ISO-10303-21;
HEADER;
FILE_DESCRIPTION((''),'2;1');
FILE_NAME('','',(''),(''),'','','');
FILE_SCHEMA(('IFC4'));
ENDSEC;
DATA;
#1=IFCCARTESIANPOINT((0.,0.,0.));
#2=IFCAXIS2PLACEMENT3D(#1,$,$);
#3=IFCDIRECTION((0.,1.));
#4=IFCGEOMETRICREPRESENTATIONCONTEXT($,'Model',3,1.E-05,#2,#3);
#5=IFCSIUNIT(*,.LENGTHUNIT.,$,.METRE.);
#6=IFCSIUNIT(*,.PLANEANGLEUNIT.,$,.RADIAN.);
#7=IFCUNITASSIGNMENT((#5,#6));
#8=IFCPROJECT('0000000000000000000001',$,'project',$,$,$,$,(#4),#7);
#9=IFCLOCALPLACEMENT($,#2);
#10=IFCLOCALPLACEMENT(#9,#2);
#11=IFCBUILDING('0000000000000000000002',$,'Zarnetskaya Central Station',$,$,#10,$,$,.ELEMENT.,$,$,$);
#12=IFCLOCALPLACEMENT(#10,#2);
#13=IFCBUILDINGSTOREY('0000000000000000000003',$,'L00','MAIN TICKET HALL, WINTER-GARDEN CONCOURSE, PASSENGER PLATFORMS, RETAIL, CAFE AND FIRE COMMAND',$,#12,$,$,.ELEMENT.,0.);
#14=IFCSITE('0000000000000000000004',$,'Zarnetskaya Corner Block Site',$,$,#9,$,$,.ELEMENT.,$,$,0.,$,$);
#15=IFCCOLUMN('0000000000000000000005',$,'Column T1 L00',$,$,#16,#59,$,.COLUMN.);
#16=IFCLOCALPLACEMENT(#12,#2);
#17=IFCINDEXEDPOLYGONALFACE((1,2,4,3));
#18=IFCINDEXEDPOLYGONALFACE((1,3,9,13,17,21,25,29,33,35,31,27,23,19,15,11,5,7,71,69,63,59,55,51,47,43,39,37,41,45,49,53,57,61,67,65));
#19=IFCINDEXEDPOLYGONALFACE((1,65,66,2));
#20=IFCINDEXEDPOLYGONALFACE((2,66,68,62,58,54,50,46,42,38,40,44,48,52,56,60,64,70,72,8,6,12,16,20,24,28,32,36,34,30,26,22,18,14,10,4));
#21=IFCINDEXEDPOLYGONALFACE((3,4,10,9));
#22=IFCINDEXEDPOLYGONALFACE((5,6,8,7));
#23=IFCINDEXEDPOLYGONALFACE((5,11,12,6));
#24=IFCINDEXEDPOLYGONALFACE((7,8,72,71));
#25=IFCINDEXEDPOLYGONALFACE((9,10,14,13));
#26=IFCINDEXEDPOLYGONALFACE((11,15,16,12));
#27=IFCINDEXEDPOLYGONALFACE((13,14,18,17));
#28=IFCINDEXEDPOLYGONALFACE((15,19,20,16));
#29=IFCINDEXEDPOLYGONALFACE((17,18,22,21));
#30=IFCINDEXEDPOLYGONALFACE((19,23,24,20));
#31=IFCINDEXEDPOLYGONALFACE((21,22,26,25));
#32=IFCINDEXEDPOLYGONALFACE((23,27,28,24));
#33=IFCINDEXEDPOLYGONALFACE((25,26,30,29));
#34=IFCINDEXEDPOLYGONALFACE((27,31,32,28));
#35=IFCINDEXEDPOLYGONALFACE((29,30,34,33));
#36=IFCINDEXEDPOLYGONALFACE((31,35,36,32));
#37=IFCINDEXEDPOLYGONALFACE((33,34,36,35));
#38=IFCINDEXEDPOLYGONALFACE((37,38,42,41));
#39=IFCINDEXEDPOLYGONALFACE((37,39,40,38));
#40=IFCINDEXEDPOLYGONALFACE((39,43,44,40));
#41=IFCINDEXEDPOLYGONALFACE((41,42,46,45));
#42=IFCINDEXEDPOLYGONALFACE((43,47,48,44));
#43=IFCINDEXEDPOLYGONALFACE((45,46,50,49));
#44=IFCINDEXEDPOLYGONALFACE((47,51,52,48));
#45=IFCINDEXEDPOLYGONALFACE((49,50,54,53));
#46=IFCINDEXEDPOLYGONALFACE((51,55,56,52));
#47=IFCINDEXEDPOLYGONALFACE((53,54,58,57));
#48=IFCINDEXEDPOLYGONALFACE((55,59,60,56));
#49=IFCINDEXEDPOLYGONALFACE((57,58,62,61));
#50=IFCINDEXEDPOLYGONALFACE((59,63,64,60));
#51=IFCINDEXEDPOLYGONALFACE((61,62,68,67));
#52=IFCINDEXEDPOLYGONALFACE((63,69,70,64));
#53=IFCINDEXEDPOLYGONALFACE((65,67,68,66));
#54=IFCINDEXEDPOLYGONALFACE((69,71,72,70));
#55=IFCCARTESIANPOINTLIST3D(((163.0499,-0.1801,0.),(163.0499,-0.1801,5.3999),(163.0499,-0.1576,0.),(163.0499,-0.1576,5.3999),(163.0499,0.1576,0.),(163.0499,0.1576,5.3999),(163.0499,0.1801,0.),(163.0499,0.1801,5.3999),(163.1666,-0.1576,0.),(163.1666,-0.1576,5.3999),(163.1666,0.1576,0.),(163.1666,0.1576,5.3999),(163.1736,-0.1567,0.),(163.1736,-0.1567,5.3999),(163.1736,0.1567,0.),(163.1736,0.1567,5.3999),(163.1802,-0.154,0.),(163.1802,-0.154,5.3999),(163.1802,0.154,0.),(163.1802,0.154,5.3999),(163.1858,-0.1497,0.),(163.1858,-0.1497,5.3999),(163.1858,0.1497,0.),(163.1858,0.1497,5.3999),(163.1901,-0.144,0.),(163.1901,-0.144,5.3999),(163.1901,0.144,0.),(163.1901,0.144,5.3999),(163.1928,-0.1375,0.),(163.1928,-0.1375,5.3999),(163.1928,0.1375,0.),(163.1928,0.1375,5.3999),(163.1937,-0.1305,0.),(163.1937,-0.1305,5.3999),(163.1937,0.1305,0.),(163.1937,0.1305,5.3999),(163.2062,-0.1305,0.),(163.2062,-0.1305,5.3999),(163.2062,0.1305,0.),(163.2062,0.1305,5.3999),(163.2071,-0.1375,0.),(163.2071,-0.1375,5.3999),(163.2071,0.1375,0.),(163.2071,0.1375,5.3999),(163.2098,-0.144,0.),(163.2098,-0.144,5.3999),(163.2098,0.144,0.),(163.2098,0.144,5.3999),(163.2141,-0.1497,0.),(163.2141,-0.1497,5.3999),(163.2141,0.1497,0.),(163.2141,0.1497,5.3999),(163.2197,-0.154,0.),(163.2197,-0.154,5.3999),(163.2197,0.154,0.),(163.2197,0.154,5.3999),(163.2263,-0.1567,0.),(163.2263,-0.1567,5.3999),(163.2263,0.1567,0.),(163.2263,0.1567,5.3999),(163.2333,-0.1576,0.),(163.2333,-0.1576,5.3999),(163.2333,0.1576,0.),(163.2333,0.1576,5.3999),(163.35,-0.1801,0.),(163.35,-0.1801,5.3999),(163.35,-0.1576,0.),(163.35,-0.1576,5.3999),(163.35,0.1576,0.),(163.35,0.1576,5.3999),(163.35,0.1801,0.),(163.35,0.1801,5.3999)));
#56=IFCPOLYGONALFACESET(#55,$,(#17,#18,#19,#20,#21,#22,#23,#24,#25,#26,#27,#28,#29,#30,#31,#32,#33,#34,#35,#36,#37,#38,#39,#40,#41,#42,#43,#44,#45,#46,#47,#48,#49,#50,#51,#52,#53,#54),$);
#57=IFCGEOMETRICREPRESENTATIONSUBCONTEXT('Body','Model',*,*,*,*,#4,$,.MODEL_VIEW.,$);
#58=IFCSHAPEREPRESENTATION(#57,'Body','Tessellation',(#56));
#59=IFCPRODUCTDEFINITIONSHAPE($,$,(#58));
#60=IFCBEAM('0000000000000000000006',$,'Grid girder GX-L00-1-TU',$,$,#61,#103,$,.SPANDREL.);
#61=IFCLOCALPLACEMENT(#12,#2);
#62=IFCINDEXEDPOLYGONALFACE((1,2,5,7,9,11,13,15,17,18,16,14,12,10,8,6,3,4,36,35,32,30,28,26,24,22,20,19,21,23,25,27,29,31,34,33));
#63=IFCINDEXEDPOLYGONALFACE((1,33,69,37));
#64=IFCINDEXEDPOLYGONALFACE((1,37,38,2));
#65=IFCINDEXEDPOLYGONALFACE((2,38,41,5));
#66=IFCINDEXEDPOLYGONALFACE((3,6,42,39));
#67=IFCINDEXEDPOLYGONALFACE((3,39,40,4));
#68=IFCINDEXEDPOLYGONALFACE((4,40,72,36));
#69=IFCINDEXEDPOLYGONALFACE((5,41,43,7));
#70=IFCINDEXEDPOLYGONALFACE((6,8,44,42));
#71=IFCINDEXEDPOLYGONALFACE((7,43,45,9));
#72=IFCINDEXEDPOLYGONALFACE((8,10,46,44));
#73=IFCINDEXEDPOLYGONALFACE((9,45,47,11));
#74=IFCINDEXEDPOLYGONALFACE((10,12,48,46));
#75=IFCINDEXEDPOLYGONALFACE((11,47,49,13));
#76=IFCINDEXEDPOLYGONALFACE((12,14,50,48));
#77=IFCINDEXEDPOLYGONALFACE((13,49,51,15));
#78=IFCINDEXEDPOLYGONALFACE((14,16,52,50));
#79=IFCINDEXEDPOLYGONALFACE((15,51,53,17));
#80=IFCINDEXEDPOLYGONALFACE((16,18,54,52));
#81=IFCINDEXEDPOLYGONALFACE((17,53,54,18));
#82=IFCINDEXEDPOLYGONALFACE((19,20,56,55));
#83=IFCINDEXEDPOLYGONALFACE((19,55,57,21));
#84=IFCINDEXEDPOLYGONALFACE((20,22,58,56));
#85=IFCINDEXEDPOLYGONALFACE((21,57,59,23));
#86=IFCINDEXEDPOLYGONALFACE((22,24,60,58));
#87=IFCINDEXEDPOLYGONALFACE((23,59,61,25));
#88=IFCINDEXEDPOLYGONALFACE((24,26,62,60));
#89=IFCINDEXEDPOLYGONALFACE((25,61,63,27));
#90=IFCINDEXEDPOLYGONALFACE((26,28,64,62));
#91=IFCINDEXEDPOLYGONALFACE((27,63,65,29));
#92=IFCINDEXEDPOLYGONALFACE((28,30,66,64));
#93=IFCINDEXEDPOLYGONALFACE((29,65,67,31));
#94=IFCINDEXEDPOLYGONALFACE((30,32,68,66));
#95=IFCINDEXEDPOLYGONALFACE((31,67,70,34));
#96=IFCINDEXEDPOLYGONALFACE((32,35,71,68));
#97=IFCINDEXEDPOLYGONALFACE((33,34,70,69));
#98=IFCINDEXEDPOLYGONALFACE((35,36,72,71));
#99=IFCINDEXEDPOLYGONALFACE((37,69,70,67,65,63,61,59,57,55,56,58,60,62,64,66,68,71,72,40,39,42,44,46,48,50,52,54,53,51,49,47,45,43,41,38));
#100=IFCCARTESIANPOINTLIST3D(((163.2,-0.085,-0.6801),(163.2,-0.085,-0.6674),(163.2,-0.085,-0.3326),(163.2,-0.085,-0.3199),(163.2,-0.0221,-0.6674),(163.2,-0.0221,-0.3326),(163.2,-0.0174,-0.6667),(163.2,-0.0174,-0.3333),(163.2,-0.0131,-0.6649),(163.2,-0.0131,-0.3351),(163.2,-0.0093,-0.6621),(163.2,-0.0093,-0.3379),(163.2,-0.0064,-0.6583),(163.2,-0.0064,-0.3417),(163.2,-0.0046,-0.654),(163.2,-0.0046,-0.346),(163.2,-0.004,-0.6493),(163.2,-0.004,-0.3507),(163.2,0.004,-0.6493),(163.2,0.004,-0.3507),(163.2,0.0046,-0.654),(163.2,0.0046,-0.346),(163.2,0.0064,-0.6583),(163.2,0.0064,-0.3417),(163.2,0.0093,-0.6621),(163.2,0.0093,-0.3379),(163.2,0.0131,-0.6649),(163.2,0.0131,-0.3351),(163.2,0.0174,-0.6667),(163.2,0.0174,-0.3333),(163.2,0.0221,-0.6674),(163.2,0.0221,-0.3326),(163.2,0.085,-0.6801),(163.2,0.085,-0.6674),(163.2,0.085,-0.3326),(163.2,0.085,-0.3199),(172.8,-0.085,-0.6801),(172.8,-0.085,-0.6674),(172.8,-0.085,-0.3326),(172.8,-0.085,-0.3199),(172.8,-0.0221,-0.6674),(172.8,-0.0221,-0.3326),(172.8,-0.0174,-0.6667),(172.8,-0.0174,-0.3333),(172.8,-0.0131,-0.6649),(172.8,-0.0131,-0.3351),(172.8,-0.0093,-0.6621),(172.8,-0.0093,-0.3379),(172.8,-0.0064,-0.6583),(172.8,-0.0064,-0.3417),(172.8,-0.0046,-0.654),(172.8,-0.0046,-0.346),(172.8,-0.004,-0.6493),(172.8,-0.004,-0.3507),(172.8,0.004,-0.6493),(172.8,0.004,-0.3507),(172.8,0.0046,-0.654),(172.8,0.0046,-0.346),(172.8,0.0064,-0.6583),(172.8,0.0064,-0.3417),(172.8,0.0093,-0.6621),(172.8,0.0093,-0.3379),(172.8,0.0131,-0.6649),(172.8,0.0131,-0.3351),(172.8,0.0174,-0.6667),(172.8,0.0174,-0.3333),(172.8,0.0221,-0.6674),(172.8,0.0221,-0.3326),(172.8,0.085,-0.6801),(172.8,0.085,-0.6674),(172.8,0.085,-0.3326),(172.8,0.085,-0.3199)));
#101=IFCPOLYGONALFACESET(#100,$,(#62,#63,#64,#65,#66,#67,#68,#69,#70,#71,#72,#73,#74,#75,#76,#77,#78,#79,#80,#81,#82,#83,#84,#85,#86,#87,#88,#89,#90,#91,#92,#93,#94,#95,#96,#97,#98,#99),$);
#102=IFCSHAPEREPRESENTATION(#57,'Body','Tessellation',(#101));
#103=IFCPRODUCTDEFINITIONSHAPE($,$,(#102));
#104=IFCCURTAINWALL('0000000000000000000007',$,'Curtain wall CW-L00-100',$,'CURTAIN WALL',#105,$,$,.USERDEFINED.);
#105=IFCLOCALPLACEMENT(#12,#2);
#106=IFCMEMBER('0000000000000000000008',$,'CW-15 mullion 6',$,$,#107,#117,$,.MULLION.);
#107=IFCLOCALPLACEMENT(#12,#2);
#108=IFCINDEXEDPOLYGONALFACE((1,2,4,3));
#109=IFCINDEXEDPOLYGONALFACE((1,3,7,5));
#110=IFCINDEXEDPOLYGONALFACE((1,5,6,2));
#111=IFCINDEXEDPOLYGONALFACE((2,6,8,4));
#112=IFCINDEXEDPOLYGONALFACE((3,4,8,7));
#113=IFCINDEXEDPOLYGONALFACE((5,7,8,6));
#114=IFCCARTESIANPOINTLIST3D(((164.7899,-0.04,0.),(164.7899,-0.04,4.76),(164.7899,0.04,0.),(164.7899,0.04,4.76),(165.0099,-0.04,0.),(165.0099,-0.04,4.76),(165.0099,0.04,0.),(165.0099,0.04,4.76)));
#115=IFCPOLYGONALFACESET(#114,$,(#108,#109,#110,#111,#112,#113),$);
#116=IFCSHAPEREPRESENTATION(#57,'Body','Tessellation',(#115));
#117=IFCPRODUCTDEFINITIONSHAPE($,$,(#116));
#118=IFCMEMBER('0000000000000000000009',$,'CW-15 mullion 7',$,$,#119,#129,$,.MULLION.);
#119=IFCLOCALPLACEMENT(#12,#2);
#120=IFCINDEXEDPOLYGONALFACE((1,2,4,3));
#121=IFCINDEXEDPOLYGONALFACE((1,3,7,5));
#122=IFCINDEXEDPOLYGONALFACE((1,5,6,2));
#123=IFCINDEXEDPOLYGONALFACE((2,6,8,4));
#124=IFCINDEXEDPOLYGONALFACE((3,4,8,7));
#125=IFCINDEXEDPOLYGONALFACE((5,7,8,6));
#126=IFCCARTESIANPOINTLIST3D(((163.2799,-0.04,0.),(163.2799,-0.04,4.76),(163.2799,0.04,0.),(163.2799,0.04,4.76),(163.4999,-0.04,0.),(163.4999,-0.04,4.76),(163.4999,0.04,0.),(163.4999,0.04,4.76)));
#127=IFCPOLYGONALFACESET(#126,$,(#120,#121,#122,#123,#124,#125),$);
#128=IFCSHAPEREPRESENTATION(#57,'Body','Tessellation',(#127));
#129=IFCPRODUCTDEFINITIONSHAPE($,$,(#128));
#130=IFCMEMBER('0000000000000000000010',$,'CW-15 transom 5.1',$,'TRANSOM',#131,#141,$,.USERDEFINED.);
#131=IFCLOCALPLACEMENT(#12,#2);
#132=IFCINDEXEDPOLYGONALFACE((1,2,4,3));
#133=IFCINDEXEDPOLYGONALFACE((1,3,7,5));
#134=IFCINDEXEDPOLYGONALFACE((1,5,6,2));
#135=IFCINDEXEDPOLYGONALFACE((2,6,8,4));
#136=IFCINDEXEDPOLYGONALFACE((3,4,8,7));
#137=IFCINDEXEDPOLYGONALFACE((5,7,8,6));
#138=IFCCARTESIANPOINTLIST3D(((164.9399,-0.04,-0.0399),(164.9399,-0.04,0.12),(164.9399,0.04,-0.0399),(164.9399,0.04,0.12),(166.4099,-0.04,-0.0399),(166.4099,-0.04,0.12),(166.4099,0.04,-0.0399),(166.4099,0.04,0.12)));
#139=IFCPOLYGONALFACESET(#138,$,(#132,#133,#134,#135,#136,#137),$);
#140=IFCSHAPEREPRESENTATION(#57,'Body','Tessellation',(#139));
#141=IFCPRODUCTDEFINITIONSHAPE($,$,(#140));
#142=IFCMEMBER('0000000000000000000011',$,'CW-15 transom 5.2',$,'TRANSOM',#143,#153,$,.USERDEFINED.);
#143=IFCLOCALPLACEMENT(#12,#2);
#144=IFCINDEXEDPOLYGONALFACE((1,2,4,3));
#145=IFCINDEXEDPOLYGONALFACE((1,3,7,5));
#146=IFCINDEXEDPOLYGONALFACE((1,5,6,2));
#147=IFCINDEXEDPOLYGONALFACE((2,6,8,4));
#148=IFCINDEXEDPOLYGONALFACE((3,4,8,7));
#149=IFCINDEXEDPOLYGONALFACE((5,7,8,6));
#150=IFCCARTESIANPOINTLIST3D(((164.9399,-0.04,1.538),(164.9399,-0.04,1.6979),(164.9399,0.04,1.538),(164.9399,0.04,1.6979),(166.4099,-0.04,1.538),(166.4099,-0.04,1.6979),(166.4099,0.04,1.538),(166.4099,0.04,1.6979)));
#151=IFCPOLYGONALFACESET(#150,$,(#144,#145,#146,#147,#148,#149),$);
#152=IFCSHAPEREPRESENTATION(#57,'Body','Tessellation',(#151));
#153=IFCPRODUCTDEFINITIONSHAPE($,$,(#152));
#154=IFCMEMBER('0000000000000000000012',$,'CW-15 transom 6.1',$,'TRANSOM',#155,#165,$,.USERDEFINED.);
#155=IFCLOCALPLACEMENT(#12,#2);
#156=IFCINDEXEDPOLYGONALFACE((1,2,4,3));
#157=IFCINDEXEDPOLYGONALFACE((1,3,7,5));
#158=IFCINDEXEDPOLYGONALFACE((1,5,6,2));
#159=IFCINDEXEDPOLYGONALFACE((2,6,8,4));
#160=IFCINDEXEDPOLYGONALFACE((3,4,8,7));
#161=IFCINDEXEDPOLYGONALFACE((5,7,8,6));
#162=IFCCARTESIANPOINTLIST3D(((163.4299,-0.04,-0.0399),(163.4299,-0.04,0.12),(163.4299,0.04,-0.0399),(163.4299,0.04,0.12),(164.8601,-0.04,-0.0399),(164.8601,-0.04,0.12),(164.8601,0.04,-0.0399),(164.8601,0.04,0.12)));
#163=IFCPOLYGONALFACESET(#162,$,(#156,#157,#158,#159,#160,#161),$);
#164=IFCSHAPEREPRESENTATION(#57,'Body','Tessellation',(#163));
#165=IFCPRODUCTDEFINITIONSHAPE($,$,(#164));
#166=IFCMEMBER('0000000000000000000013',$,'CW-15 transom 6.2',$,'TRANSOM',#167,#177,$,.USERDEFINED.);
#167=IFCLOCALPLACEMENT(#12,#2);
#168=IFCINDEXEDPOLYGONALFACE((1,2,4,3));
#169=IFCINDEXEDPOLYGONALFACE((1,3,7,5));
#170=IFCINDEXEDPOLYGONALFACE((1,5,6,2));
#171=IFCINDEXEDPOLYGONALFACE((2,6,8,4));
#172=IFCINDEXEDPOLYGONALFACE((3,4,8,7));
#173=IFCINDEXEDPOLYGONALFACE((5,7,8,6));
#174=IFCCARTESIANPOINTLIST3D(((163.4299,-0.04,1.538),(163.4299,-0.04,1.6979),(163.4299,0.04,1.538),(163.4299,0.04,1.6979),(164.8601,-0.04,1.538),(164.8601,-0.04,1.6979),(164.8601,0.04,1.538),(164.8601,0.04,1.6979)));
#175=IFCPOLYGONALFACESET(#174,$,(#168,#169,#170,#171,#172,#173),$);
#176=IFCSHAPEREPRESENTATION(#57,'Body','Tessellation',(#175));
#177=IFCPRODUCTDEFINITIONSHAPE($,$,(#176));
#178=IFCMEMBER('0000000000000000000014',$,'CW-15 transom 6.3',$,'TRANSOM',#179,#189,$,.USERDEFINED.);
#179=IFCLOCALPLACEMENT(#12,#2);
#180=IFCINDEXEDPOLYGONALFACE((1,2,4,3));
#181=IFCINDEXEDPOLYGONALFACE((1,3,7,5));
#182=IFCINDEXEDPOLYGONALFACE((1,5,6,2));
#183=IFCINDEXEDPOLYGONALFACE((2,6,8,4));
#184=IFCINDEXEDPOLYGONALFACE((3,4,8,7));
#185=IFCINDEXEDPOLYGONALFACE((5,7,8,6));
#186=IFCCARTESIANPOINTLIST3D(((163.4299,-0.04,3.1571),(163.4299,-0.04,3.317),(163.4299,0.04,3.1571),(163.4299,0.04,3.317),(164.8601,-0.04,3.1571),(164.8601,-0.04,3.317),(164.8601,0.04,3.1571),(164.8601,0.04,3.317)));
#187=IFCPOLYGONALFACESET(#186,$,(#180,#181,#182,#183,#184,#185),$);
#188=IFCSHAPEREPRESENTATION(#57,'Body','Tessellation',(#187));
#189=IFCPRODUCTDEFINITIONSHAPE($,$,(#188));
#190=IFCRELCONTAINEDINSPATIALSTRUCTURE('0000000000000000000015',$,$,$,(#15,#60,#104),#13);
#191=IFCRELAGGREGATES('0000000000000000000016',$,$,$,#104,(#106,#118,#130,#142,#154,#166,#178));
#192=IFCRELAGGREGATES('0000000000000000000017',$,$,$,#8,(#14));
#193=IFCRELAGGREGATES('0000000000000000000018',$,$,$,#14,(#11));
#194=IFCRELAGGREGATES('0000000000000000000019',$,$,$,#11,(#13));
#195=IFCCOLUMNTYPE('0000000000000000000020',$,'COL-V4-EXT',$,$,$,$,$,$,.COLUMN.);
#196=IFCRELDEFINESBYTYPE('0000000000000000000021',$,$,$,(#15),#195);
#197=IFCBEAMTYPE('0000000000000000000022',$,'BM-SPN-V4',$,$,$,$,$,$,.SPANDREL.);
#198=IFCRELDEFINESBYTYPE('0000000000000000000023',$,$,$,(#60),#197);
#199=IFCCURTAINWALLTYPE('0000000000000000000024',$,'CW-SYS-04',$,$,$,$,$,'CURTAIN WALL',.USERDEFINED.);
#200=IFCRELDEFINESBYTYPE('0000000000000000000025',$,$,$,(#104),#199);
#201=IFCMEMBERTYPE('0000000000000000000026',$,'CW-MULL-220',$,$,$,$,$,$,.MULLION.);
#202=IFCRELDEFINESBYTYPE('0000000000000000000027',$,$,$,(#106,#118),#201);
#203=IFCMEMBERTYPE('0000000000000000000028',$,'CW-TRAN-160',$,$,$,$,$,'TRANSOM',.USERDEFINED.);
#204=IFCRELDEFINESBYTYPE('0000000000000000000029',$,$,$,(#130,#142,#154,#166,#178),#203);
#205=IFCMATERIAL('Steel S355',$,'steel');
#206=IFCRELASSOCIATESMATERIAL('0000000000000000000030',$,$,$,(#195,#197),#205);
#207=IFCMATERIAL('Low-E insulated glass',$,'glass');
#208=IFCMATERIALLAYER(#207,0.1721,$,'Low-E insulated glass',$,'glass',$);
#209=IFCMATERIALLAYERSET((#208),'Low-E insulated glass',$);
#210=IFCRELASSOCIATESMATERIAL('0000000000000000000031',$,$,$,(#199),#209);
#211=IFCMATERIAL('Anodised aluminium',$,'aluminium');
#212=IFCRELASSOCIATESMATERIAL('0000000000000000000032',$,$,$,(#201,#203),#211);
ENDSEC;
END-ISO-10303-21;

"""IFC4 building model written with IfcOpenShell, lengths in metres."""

from ifc_helpers import new_model, si_unit, direction, frame, origin, origin_2d, place, context, subcontext, project, spatial, rectangle, i_section, extrude, material, layer, layer_set, material_profile, profile_set, type_object, element, aggregate, save


model = new_model("IFC4")

# Units and contexts
model_context = context("Model", 3, precision=1e-05, world=origin(), true_north=direction((0.0, 1.0)))
body_context = subcontext(model_context, "Body", "Model", "MODEL_VIEW")
ifc_project = project(units=[si_unit("LENGTHUNIT", "METRE"), si_unit("PLANEANGLEUNIT", "RADIAN")], contexts=[model_context])

# Site, building, storey
site_placement = place(None, origin())
site = spatial("IfcSite", under=ifc_project, at=site_placement, Name="Zarnetskaya Corner Block Site", CompositionType="ELEMENT", RefElevation=0.0)
building_placement = place(site_placement, origin())
building = spatial("IfcBuilding", under=site, at=building_placement, Name="Zarnetskaya Central Station", CompositionType="ELEMENT")
storey_placement = place(building_placement, origin())
storey = spatial("IfcBuildingStorey", under=building, at=storey_placement, Name="L00", Description="MAIN TICKET HALL, WINTER-GARDEN CONCOURSE, PASSENGER PLATFORMS, RETAIL, CAFE AND FIRE COMMAND", CompositionType="ELEMENT", Elevation=0.0)

# Column
ifc_material_1 = material(Name="Steel S355", Category="steel")
ifc_material_profile_1 = material_profile(ifc_material_1, i_section(OverallWidth=0.3, OverallDepth=0.3601, WebThickness=0.0125, FlangeThickness=0.0225, FilletRadius=0.0271, at=origin_2d()), Name="HEB 360")
ifc_profile_set_1 = profile_set([ifc_material_profile_1], Name="Steel S355")
column_type = type_object("IfcColumnType", Name="COL-V4-EXT", PredefinedType="COLUMN", material=ifc_profile_set_1)
column_placement = place(storey_placement, frame((163.2, 0.0, 0.0), z_axis=(0.0, 0.0, 1.0), x_axis=(1.0, 0.0, 0.0)))
element("IfcColumn", 1, at=column_placement, inside=storey, type_object=column_type, Name="Column T1 L00", PredefinedType="COLUMN", context=body_context, shape_type="SweptSolid", body=[
    extrude(i_section(OverallWidth=0.3, OverallDepth=0.3601, WebThickness=0.0125, FlangeThickness=0.0225, FilletRadius=0.0271, at=origin_2d()), origin(), (0.0, 0.0, 1.0), 5.3999),
])

# Beam
ifc_material_profile_2 = material_profile(ifc_material_1, i_section(OverallWidth=0.1699, OverallDepth=0.3601, WebThickness=0.0081, FlangeThickness=0.0127, FilletRadius=0.0181, at=origin_2d()), Name="IPE 360")
ifc_profile_set_2 = profile_set([ifc_material_profile_2], Name="Steel S355")
beam_type_1 = type_object("IfcBeamType", Name="BM-SPN-V4", PredefinedType="SPANDREL", material=ifc_profile_set_2)
beam_1_placement = place(storey_placement, frame((163.2, 0.0, -0.5), z_axis=(1.0, 0.0, 0.0), x_axis=(0.0, 1.0, 0.0)))
element("IfcBeam", 2, at=beam_1_placement, inside=storey, type_object=beam_type_1, Name="Grid girder GX-L00-1-TU", PredefinedType="SPANDREL", context=body_context, shape_type="SweptSolid", body=[
    extrude(i_section(OverallWidth=0.1699, OverallDepth=0.3601, WebThickness=0.0081, FlangeThickness=0.0127, FilletRadius=0.0181, at=origin_2d()), origin(), (0.0, 0.0, 1.0), 9.6001),
])

# Curtain wall, members
ifc_material_2 = material(Name="Low-E insulated glass", Category="glass")
ifc_layer_1 = layer(ifc_material_2, 0.1721, Name="Low-E insulated glass", Category="glass")
ifc_layer_set_1 = layer_set([ifc_layer_1], Name="Low-E insulated glass")
curtain_wall_type = type_object("IfcCurtainWallType", Name="CW-SYS-04", ElementType="CURTAIN WALL", PredefinedType="USERDEFINED", material=ifc_layer_set_1)
curtain_wall_placement = place(storey_placement, origin())
curtain_wall = element("IfcCurtainWall", 3, at=curtain_wall_placement, inside=storey, type_object=curtain_wall_type, Name="Curtain wall CW-L00-100", ObjectType="CURTAIN WALL", PredefinedType="USERDEFINED")
ifc_material_3 = material(Name="Anodised aluminium", Category="aluminium")
ifc_material_profile_3 = material_profile(ifc_material_3, rectangle(XDim=0.0801, YDim=0.22, at=origin_2d()), Name="ALU MULL 80x220")
ifc_profile_set_3 = profile_set([ifc_material_profile_3], Name="Anodised aluminium")
member_type_1 = type_object("IfcMemberType", Name="CW-MULL-220", PredefinedType="MULLION", material=ifc_profile_set_3)
member_1_placement = place(storey_placement, frame((164.8999, 0.0, 0.0), z_axis=(0.0, 0.0, 1.0), x_axis=(0.0, -1.0, 0.0)))
member_1 = element("IfcMember", 4, at=member_1_placement, type_object=member_type_1, Name="CW-15 mullion 6", PredefinedType="MULLION", context=body_context, shape_type="SweptSolid", body=[
    extrude(rectangle(XDim=0.0801, YDim=0.22, at=origin_2d()), origin(), (0.0, 0.0, 1.0), 4.76),
])
member_2_placement = place(storey_placement, frame((163.3899, 0.0, 0.0), z_axis=(0.0, 0.0, 1.0), x_axis=(0.0, -1.0, 0.0)))
member_2 = element("IfcMember", 5, at=member_2_placement, type_object=member_type_1, Name="CW-15 mullion 7", PredefinedType="MULLION", context=body_context, shape_type="SweptSolid", body=[
    extrude(rectangle(XDim=0.0801, YDim=0.22, at=origin_2d()), origin(), (0.0, 0.0, 1.0), 4.76),
])
ifc_material_profile_4 = material_profile(ifc_material_3, rectangle(XDim=0.0801, YDim=0.1599, at=origin_2d()), Name="ALU TRAN 80x160")
ifc_profile_set_4 = profile_set([ifc_material_profile_4], Name="Anodised aluminium")
member_type_2 = type_object("IfcMemberType", Name="CW-TRAN-160", ElementType="TRANSOM", PredefinedType="USERDEFINED", material=ifc_profile_set_4)
member_3_placement = place(storey_placement, frame((166.4099, 0.0, 0.04), z_axis=(-1.0, 0.0, 0.0), x_axis=(0.0, -1.0, 0.0)))
member_3 = element("IfcMember", 6, at=member_3_placement, type_object=member_type_2, Name="CW-15 transom 5.1", ObjectType="TRANSOM", PredefinedType="USERDEFINED", context=body_context, shape_type="SweptSolid", body=[
    extrude(rectangle(XDim=0.0801, YDim=0.1599, at=origin_2d()), origin(), (0.0, 0.0, 1.0), 1.47),
])
member_4_placement = place(storey_placement, frame((166.4099, 0.0, 1.6179), z_axis=(-1.0, 0.0, 0.0), x_axis=(0.0, -1.0, 0.0)))
member_4 = element("IfcMember", 7, at=member_4_placement, type_object=member_type_2, Name="CW-15 transom 5.2", ObjectType="TRANSOM", PredefinedType="USERDEFINED", context=body_context, shape_type="SweptSolid", body=[
    extrude(rectangle(XDim=0.0801, YDim=0.1599, at=origin_2d()), origin(), (0.0, 0.0, 1.0), 1.47),
])
member_5_placement = place(storey_placement, frame((164.8601, 0.0, 0.04), z_axis=(-1.0, 0.0, 0.0), x_axis=(0.0, -1.0, 0.0)))
member_5 = element("IfcMember", 8, at=member_5_placement, type_object=member_type_2, Name="CW-15 transom 6.1", ObjectType="TRANSOM", PredefinedType="USERDEFINED", context=body_context, shape_type="SweptSolid", body=[
    extrude(rectangle(XDim=0.0801, YDim=0.1599, at=origin_2d()), origin(), (0.0, 0.0, 1.0), 1.4302),
])
member_6_placement = place(storey_placement, frame((164.8601, 0.0, 1.6179), z_axis=(-1.0, 0.0, 0.0), x_axis=(0.0, -1.0, 0.0)))
member_6 = element("IfcMember", 9, at=member_6_placement, type_object=member_type_2, Name="CW-15 transom 6.2", ObjectType="TRANSOM", PredefinedType="USERDEFINED", context=body_context, shape_type="SweptSolid", body=[
    extrude(rectangle(XDim=0.0801, YDim=0.1599, at=origin_2d()), origin(), (0.0, 0.0, 1.0), 1.4302),
])
member_7_placement = place(storey_placement, frame((164.8601, 0.0, 3.2371), z_axis=(-1.0, 0.0, 0.0), x_axis=(0.0, -1.0, 0.0)))
member_7 = element("IfcMember", 10, at=member_7_placement, type_object=member_type_2, Name="CW-15 transom 6.3", ObjectType="TRANSOM", PredefinedType="USERDEFINED", context=body_context, shape_type="SweptSolid", body=[
    extrude(rectangle(XDim=0.0801, YDim=0.1599, at=origin_2d()), origin(), (0.0, 0.0, 1.0), 1.4302),
])

aggregate(curtain_wall, [member_1, member_2, member_3, member_4, member_5, member_6, member_7])

save(model, "model.ifc")
